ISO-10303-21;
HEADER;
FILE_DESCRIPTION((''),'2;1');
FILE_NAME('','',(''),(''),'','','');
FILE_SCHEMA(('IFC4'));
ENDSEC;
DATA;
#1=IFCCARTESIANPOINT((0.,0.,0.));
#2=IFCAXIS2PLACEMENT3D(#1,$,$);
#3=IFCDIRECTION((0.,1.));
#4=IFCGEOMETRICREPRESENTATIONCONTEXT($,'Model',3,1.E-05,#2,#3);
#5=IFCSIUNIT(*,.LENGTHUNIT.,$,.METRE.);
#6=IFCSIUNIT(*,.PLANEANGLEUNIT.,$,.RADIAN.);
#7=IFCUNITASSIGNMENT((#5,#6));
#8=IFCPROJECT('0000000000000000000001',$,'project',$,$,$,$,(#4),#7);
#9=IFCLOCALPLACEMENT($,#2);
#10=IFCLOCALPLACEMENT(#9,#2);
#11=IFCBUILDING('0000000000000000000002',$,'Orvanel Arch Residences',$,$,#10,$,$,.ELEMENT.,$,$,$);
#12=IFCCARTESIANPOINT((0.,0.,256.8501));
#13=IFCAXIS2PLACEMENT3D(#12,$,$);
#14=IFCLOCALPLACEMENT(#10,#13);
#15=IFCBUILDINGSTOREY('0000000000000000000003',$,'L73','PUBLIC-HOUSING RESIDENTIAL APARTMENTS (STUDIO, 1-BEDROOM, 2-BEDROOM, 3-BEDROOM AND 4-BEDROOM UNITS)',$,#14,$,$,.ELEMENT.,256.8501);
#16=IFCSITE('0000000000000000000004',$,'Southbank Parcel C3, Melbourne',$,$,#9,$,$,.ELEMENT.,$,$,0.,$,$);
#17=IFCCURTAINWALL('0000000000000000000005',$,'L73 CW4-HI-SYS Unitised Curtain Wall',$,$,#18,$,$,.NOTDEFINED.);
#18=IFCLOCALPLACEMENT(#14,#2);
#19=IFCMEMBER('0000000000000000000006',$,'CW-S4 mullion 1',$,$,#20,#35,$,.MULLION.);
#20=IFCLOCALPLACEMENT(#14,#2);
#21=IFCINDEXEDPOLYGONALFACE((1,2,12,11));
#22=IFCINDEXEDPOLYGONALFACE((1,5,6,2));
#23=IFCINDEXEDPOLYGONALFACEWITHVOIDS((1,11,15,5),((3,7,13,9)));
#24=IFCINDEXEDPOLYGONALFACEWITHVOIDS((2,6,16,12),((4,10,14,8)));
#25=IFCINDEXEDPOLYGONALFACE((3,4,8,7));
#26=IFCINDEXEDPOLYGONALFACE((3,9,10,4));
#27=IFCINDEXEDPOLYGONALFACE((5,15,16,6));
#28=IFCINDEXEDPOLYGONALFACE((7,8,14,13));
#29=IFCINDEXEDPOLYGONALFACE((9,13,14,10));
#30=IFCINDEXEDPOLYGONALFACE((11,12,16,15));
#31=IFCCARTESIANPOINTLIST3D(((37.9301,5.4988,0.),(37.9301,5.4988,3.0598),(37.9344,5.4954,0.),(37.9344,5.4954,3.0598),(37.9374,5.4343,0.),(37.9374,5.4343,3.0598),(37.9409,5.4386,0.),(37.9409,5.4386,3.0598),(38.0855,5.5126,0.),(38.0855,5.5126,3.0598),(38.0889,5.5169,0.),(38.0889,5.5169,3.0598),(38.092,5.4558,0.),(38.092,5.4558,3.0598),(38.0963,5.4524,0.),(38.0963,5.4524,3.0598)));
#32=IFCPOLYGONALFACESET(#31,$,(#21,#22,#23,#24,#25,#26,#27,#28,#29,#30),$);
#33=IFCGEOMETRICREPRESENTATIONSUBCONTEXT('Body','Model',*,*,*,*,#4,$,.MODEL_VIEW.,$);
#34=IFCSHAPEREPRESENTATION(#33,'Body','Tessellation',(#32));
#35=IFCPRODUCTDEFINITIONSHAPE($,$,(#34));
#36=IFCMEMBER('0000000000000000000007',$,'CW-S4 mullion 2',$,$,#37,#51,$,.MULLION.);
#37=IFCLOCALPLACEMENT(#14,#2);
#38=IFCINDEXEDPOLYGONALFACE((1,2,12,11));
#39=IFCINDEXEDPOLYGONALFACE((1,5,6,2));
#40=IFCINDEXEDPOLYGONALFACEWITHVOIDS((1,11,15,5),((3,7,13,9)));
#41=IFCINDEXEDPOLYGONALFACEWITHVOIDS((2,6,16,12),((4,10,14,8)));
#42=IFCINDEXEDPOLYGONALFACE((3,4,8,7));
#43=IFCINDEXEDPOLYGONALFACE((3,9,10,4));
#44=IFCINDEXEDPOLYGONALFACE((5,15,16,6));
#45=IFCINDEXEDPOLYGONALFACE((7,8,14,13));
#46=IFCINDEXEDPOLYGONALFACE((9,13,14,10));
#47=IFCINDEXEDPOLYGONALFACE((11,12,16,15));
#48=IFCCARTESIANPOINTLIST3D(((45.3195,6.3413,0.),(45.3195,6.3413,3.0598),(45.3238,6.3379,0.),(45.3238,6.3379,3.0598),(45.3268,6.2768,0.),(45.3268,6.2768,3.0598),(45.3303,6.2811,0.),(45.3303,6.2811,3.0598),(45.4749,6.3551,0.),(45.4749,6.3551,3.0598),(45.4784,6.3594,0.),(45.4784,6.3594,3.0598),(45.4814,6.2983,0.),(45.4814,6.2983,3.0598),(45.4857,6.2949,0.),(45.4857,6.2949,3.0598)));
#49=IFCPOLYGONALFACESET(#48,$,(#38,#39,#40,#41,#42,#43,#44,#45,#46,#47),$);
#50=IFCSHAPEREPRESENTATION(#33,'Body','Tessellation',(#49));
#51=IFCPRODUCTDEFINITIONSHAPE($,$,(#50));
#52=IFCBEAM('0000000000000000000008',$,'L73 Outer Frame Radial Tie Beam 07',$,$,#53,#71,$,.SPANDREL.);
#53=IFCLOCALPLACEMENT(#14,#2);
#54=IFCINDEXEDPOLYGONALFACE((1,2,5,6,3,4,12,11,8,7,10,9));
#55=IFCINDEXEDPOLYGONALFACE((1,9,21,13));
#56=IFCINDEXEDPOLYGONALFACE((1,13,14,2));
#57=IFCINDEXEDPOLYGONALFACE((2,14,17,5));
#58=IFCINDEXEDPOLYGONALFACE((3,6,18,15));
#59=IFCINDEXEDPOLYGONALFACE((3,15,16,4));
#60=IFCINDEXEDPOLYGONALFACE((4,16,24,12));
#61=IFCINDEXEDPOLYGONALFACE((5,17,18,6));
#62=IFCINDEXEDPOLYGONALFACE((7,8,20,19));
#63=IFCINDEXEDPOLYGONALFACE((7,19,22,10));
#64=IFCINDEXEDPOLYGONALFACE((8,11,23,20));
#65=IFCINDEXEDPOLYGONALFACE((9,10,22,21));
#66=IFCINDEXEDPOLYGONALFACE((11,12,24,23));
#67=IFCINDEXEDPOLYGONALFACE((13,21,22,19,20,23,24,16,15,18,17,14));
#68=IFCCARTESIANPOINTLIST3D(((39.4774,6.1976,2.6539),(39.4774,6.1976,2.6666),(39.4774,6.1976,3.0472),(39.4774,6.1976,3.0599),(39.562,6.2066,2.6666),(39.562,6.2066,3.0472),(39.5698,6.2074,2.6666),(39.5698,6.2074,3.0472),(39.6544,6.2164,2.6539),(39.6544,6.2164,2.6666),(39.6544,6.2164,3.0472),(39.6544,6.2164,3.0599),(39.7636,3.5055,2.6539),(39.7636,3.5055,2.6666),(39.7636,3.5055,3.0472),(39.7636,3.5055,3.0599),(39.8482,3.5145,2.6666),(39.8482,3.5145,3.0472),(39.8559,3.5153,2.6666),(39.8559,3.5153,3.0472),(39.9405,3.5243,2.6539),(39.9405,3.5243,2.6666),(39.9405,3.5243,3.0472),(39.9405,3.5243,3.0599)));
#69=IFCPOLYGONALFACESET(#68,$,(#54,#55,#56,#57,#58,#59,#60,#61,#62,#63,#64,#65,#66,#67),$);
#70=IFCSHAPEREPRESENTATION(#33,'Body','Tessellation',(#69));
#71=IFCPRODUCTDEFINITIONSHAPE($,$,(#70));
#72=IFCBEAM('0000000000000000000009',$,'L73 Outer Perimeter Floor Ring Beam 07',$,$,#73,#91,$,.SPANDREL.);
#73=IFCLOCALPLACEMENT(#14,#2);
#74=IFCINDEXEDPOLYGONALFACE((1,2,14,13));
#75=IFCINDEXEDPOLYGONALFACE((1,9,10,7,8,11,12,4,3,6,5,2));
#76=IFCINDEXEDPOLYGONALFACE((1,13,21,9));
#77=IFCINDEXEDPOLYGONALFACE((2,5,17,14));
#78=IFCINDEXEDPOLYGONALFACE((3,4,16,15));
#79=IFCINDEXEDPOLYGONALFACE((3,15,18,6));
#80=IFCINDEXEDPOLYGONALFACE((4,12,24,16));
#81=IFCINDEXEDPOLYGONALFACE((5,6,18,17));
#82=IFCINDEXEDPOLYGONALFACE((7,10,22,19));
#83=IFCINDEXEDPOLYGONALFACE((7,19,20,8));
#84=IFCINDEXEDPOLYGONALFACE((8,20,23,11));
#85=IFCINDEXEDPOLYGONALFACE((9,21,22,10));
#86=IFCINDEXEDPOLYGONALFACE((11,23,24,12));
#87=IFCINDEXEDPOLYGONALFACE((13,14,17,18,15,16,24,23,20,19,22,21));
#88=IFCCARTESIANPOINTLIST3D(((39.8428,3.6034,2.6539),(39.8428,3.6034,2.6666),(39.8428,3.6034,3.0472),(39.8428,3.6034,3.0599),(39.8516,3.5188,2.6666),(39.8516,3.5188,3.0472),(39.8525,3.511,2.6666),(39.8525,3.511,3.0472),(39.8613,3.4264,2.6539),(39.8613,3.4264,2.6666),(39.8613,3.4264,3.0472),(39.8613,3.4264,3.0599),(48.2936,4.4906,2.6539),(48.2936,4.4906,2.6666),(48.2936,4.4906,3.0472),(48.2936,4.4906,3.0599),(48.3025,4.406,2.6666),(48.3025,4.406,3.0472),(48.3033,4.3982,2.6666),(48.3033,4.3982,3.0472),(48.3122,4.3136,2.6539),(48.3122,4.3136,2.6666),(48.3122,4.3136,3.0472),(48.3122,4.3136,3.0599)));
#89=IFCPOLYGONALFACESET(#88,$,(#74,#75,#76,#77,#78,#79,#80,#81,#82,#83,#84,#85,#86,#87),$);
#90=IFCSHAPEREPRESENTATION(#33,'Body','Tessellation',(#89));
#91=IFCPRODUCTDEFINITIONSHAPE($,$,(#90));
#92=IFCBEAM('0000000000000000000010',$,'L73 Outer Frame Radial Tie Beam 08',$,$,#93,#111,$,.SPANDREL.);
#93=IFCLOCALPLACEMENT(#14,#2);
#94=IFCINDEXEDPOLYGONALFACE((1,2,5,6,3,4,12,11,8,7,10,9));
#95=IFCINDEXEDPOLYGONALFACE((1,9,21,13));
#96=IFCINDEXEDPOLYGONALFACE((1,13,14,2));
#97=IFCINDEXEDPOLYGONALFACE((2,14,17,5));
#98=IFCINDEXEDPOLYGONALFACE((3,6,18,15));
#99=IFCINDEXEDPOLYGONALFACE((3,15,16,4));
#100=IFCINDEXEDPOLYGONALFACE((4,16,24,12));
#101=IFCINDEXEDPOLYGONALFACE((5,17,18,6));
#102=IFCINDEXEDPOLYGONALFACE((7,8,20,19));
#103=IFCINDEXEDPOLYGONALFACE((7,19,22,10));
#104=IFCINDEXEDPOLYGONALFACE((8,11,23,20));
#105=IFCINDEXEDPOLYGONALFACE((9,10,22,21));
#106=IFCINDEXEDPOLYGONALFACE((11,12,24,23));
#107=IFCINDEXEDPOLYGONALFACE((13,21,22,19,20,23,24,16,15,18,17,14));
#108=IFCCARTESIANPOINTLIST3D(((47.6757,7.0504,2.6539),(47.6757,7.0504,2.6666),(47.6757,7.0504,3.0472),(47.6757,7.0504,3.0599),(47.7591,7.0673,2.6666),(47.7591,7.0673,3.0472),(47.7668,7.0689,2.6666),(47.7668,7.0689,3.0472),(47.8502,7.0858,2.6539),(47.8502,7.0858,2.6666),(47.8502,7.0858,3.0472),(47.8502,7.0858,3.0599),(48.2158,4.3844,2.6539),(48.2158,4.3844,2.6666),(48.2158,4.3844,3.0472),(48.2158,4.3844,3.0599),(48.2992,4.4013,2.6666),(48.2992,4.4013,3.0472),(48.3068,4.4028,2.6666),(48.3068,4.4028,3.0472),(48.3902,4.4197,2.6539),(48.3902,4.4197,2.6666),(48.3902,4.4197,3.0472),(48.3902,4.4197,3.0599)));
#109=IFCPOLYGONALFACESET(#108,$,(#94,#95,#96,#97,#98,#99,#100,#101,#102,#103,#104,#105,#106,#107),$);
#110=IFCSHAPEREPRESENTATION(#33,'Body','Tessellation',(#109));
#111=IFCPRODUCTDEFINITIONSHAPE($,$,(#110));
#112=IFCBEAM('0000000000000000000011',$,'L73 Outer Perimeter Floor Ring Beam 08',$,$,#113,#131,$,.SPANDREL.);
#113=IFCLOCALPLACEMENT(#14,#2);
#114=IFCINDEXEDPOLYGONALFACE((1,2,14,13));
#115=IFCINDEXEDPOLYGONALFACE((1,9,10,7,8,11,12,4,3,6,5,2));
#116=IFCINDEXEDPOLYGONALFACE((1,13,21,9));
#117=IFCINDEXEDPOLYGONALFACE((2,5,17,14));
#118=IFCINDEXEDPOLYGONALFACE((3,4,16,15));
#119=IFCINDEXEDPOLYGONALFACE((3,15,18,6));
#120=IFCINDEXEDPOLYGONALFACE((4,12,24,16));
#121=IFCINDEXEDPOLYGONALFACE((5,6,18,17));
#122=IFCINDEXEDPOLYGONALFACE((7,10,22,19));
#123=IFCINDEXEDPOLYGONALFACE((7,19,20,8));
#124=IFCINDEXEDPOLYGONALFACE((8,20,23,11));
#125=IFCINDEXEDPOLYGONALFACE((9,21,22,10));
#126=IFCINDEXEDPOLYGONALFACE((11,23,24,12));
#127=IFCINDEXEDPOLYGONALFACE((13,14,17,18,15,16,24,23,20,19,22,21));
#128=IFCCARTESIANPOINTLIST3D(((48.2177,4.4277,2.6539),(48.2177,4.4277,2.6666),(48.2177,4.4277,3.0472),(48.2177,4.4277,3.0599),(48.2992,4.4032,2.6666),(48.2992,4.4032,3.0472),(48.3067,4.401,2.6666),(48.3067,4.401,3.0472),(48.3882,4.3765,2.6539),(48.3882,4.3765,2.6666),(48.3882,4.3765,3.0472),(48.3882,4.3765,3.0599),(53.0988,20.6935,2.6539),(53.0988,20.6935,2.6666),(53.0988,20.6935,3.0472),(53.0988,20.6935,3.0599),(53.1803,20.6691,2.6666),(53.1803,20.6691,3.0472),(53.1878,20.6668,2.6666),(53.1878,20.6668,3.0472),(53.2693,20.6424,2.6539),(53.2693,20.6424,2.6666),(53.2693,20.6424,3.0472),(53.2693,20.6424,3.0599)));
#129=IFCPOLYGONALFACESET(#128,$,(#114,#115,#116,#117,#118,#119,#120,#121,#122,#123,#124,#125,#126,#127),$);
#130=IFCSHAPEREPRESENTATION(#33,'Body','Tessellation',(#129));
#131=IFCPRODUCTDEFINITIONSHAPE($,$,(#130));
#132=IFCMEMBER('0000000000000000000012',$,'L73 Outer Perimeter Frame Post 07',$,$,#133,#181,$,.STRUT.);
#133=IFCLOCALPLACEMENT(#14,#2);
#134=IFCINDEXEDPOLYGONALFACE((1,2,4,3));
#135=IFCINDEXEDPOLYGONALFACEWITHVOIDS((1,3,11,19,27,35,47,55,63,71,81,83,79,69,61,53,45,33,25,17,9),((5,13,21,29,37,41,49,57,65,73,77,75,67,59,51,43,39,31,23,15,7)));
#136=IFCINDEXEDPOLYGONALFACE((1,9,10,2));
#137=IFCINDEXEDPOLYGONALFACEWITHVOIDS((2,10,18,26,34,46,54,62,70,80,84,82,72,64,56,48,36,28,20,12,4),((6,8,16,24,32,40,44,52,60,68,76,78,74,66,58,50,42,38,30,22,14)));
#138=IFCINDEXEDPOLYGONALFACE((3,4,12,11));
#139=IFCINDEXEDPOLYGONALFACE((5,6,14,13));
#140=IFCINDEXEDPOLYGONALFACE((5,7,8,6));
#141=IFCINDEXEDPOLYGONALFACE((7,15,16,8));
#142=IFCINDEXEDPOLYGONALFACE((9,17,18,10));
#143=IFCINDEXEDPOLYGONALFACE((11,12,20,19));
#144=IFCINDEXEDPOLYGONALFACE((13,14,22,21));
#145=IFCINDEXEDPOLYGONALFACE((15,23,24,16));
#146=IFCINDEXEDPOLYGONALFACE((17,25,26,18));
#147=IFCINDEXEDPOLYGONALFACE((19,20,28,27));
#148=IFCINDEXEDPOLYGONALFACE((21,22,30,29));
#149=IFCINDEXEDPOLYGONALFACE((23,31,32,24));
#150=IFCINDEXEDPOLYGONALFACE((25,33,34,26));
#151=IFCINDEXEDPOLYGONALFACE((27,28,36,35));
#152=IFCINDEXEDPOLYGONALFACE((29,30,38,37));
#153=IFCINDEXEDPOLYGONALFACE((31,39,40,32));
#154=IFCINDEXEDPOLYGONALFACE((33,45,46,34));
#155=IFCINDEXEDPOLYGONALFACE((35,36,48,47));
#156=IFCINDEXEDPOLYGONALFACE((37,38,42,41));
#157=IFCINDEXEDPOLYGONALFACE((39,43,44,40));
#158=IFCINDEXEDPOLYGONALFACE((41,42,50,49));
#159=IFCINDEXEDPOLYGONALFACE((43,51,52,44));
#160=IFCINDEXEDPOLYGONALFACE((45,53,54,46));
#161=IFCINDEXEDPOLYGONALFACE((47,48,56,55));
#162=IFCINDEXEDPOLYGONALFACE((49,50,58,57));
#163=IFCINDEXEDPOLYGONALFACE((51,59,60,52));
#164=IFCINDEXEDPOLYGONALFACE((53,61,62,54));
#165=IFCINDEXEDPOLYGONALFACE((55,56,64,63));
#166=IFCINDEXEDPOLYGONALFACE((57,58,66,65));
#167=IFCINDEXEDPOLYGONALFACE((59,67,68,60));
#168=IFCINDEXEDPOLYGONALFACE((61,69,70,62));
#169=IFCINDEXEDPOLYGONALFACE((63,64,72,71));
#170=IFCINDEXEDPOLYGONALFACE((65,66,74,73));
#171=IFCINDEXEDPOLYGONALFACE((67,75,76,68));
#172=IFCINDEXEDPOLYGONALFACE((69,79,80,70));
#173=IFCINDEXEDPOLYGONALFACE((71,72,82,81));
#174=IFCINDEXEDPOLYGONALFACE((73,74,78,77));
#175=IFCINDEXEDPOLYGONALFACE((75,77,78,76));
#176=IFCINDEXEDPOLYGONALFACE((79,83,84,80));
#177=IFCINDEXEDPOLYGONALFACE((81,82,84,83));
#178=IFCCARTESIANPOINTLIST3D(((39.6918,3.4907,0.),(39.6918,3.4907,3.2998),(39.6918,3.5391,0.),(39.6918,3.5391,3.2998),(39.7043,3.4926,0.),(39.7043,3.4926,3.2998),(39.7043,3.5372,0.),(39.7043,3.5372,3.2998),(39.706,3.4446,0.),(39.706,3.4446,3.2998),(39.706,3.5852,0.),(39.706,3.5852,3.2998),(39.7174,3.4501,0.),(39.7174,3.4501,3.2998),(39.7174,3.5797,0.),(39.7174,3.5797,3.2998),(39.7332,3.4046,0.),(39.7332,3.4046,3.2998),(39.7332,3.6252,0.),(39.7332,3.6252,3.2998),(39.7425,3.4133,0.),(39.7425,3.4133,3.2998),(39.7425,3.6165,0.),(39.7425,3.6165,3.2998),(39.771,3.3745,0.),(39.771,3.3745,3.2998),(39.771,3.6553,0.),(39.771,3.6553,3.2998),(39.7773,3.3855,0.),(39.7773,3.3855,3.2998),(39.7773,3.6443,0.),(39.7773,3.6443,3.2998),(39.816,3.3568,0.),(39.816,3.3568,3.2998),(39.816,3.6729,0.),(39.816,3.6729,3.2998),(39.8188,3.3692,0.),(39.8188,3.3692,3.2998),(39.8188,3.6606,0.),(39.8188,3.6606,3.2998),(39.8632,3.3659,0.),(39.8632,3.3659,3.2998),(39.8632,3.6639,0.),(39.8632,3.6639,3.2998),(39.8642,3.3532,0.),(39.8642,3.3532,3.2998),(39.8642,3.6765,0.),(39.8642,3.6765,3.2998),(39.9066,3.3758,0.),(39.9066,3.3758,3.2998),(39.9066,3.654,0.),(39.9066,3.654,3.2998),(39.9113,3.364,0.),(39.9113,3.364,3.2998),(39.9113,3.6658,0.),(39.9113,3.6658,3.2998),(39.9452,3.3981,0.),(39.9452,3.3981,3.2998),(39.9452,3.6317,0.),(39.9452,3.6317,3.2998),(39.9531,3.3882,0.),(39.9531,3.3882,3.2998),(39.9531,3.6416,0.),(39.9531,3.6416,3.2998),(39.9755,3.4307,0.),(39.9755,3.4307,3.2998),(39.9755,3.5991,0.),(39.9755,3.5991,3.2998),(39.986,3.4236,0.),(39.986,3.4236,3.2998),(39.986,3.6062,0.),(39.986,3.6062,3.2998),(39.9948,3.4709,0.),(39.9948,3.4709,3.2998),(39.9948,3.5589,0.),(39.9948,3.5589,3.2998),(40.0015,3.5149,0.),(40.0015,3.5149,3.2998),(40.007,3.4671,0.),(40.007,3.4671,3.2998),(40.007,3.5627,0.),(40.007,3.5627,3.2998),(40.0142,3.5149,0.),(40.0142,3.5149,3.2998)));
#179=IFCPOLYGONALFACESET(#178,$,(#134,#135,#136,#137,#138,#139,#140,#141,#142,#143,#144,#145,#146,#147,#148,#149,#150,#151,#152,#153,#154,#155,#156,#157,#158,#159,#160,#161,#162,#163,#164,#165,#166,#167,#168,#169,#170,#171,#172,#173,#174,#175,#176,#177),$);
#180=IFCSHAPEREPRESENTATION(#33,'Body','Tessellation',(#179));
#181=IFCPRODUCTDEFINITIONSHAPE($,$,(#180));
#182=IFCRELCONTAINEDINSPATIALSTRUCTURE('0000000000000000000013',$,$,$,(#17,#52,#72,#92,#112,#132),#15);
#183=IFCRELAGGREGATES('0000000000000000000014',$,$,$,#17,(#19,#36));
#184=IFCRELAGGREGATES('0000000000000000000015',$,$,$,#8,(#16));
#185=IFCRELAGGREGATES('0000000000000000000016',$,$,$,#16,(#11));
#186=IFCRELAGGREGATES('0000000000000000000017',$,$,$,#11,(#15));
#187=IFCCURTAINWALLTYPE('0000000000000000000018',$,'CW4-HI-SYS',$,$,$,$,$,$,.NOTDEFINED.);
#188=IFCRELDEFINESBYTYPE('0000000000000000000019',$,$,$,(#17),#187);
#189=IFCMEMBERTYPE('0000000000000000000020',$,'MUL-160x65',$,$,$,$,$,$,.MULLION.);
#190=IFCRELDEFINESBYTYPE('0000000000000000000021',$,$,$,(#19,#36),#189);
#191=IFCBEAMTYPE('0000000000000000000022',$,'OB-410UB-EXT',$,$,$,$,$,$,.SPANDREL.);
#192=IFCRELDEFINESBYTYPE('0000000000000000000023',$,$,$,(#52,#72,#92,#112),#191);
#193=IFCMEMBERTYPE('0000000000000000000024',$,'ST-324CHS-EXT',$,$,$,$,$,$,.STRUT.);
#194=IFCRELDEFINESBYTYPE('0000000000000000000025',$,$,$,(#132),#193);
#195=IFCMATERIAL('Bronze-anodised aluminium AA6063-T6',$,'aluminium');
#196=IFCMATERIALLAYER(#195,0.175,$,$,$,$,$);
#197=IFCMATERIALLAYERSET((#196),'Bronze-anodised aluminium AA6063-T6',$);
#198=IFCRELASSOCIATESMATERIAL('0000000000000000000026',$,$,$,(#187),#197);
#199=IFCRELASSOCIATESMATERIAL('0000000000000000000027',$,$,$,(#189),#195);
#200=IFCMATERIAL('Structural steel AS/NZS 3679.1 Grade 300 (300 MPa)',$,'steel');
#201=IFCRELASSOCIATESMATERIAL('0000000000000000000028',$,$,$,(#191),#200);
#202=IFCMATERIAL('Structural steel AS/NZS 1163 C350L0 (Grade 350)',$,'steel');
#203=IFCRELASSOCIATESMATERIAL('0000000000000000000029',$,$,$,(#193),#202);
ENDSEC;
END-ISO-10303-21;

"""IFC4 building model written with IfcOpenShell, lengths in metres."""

from ifc_helpers import new_model, si_unit, direction, frame, origin, origin_2d, place, context, subcontext, project, spatial, hollow_rectangle, hollow_circle, i_section, extrude, material, layer, layer_set, material_profile, profile_set, type_object, element, aggregate, save


model = new_model("IFC4")

# Units and contexts
model_context = context("Model", 3, precision=1e-05, world=origin(), true_north=direction((0.0, 1.0)))
body_context = subcontext(model_context, "Body", "Model", "MODEL_VIEW")
ifc_project = project(units=[si_unit("LENGTHUNIT", "METRE"), si_unit("PLANEANGLEUNIT", "RADIAN")], contexts=[model_context])

# Site, building, storey
site_placement = place(None, origin())
site = spatial("IfcSite", under=ifc_project, at=site_placement, Name="Southbank Parcel C3, Melbourne", CompositionType="ELEMENT", RefElevation=0.0)
building_placement = place(site_placement, origin())
building = spatial("IfcBuilding", under=site, at=building_placement, Name="Orvanel Arch Residences", CompositionType="ELEMENT")
storey_placement = place(building_placement, frame((0.0, 0.0, 256.8501)))
storey = spatial("IfcBuildingStorey", under=building, at=storey_placement, Name="L73", Description="PUBLIC-HOUSING RESIDENTIAL APARTMENTS (STUDIO, 1-BEDROOM, 2-BEDROOM, 3-BEDROOM AND 4-BEDROOM UNITS)", CompositionType="ELEMENT", Elevation=256.8501)

# Curtain wall, members
ifc_material_1 = material(Name="Bronze-anodised aluminium AA6063-T6", Category="aluminium")
ifc_layer_1 = layer(ifc_material_1, 0.175)
ifc_layer_set_1 = layer_set([ifc_layer_1], Name="Bronze-anodised aluminium AA6063-T6")
curtain_wall_type = type_object("IfcCurtainWallType", Name="CW4-HI-SYS", PredefinedType="NOTDEFINED", material=ifc_layer_set_1)
curtain_wall_placement = place(storey_placement, origin())
curtain_wall = element("IfcCurtainWall", 1, at=curtain_wall_placement, inside=storey, type_object=curtain_wall_type, Name="L73 CW4-HI-SYS Unitised Curtain Wall", PredefinedType="NOTDEFINED")
ifc_material_profile_1 = material_profile(ifc_material_1, hollow_rectangle(XDim=0.0649, YDim=0.1599, WallThickness=0.0039, at=origin_2d()), Name="ALU160x65x4")
ifc_profile_set_1 = profile_set([ifc_material_profile_1], Name="Bronze-anodised aluminium AA6063-T6")
member_type_1 = type_object("IfcMemberType", Name="MUL-160x65", PredefinedType="MULLION", material=ifc_profile_set_1)
member_1_placement = place(storey_placement, frame((38.0132, 5.4756, 0.0), z_axis=(0.0, 0.0, 1.0), x_axis=(-0.11326, 0.993565, 0.0)))
member_1 = element("IfcMember", 2, at=member_1_placement, type_object=member_type_1, Name="CW-S4 mullion 1", PredefinedType="MULLION", context=body_context, shape_type="SweptSolid", body=[
    extrude(hollow_rectangle(XDim=0.0649, YDim=0.1599, WallThickness=0.0039, at=origin_2d()), origin(), (0.0, 0.0, 1.0), 3.0598),
])
member_2_placement = place(storey_placement, frame((45.4026, 6.3181, 0.0), z_axis=(0.0, 0.0, 1.0), x_axis=(-0.11326, 0.993565, 0.0)))
member_2 = element("IfcMember", 3, at=member_2_placement, type_object=member_type_1, Name="CW-S4 mullion 2", PredefinedType="MULLION", context=body_context, shape_type="SweptSolid", body=[
    extrude(hollow_rectangle(XDim=0.0649, YDim=0.1599, WallThickness=0.0039, at=origin_2d()), origin(), (0.0, 0.0, 1.0), 3.0598),
])

# Beams
ifc_material_2 = material(Name="Structural steel AS/NZS 3679.1 Grade 300 (300 MPa)", Category="steel")
ifc_material_profile_2 = material_profile(ifc_material_2, i_section(OverallWidth=0.178, OverallDepth=0.406, WebThickness=0.0078, FlangeThickness=0.0127, at=origin_2d()), Name="410UB59.7")
ifc_profile_set_2 = profile_set([ifc_material_profile_2], Name="Structural steel AS/NZS 3679.1 Grade 300 (300 MPa)")
beam_type = type_object("IfcBeamType", Name="OB-410UB-EXT", PredefinedType="SPANDREL", material=ifc_profile_set_2)
beam_1_placement = place(storey_placement, frame((39.5659, 6.207, 2.8569), z_axis=(0.105689, -0.994399, 0.0), x_axis=(0.994399, 0.105689, 0.0)))
element("IfcBeam", 4, at=beam_1_placement, inside=storey, type_object=beam_type, Name="L73 Outer Frame Radial Tie Beam 07", PredefinedType="SPANDREL", context=body_context, shape_type="SweptSolid", body=[
    extrude(i_section(OverallWidth=0.178, OverallDepth=0.406, WebThickness=0.0078, FlangeThickness=0.0127, at=origin_2d()), origin(), (0.0, 0.0, 1.0), 2.7073),
])
beam_2_placement = place(storey_placement, frame((39.8521, 3.5149, 2.8569), z_axis=(0.994534, 0.10441, 0.0), x_axis=(-0.10441, 0.994534, 0.0)))
element("IfcBeam", 5, at=beam_2_placement, inside=storey, type_object=beam_type, Name="L73 Outer Perimeter Floor Ring Beam 07", PredefinedType="SPANDREL", context=body_context, shape_type="SweptSolid", body=[
    extrude(i_section(OverallWidth=0.178, OverallDepth=0.406, WebThickness=0.0078, FlangeThickness=0.0127, at=origin_2d()), origin(), (0.0, 0.0, 1.0), 8.4973),
])
beam_3_placement = place(storey_placement, frame((47.7629, 7.0681, 2.8569), z_axis=(0.198532, -0.980094, 0.0), x_axis=(0.980094, 0.198532, 0.0)))
element("IfcBeam", 6, at=beam_3_placement, inside=storey, type_object=beam_type, Name="L73 Outer Frame Radial Tie Beam 08", PredefinedType="SPANDREL", context=body_context, shape_type="SweptSolid", body=[
    extrude(i_section(OverallWidth=0.178, OverallDepth=0.406, WebThickness=0.0078, FlangeThickness=0.0127, at=origin_2d()), origin(), (0.0, 0.0, 1.0), 2.7202),
])
beam_4_placement = place(storey_placement, frame((48.303, 4.4021, 2.8569), z_axis=(0.28742, 0.957805, 0.0), x_axis=(-0.957805, 0.28742, 0.0)))
element("IfcBeam", 7, at=beam_4_placement, inside=storey, type_object=beam_type, Name="L73 Outer Perimeter Floor Ring Beam 08", PredefinedType="SPANDREL", context=body_context, shape_type="SweptSolid", body=[
    extrude(i_section(OverallWidth=0.178, OverallDepth=0.406, WebThickness=0.0078, FlangeThickness=0.0127, at=origin_2d()), origin(), (0.0, 0.0, 1.0), 16.9824),
])

# Member
ifc_material_3 = material(Name="Structural steel AS/NZS 1163 C350L0 (Grade 350)", Category="steel")
ifc_material_profile_3 = material_profile(ifc_material_3, hollow_circle(Radius=0.1621, WallThickness=0.0127, at=origin_2d()), Name="CHS324x12.7")
ifc_profile_set_3 = profile_set([ifc_material_profile_3], Name="Structural steel AS/NZS 1163 C350L0 (Grade 350)")
member_type_2 = type_object("IfcMemberType", Name="ST-324CHS-EXT", PredefinedType="STRUT", material=ifc_profile_set_3)
for number, where, z_axis, x_axis, name in (
    (8, (39.8521, 3.5149, 0.0), (0.0, 0.0, 1.0), (1.0, 0.0, 0.0), "L73 Outer Perimeter Frame Post 07"),
):
    element("IfcMember", number, at=place(storey_placement, frame(where, z_axis=z_axis, x_axis=x_axis)), inside=storey, type_object=member_type_2, Name=name, PredefinedType="STRUT", context=body_context, shape_type="SweptSolid", body=[
        extrude(hollow_circle(Radius=0.1621, WallThickness=0.0127, at=origin_2d()), origin(), (0.0, 0.0, 1.0), 3.2998),
    ])

aggregate(curtain_wall, [member_1, member_2])

save(model, "model.ifc")
